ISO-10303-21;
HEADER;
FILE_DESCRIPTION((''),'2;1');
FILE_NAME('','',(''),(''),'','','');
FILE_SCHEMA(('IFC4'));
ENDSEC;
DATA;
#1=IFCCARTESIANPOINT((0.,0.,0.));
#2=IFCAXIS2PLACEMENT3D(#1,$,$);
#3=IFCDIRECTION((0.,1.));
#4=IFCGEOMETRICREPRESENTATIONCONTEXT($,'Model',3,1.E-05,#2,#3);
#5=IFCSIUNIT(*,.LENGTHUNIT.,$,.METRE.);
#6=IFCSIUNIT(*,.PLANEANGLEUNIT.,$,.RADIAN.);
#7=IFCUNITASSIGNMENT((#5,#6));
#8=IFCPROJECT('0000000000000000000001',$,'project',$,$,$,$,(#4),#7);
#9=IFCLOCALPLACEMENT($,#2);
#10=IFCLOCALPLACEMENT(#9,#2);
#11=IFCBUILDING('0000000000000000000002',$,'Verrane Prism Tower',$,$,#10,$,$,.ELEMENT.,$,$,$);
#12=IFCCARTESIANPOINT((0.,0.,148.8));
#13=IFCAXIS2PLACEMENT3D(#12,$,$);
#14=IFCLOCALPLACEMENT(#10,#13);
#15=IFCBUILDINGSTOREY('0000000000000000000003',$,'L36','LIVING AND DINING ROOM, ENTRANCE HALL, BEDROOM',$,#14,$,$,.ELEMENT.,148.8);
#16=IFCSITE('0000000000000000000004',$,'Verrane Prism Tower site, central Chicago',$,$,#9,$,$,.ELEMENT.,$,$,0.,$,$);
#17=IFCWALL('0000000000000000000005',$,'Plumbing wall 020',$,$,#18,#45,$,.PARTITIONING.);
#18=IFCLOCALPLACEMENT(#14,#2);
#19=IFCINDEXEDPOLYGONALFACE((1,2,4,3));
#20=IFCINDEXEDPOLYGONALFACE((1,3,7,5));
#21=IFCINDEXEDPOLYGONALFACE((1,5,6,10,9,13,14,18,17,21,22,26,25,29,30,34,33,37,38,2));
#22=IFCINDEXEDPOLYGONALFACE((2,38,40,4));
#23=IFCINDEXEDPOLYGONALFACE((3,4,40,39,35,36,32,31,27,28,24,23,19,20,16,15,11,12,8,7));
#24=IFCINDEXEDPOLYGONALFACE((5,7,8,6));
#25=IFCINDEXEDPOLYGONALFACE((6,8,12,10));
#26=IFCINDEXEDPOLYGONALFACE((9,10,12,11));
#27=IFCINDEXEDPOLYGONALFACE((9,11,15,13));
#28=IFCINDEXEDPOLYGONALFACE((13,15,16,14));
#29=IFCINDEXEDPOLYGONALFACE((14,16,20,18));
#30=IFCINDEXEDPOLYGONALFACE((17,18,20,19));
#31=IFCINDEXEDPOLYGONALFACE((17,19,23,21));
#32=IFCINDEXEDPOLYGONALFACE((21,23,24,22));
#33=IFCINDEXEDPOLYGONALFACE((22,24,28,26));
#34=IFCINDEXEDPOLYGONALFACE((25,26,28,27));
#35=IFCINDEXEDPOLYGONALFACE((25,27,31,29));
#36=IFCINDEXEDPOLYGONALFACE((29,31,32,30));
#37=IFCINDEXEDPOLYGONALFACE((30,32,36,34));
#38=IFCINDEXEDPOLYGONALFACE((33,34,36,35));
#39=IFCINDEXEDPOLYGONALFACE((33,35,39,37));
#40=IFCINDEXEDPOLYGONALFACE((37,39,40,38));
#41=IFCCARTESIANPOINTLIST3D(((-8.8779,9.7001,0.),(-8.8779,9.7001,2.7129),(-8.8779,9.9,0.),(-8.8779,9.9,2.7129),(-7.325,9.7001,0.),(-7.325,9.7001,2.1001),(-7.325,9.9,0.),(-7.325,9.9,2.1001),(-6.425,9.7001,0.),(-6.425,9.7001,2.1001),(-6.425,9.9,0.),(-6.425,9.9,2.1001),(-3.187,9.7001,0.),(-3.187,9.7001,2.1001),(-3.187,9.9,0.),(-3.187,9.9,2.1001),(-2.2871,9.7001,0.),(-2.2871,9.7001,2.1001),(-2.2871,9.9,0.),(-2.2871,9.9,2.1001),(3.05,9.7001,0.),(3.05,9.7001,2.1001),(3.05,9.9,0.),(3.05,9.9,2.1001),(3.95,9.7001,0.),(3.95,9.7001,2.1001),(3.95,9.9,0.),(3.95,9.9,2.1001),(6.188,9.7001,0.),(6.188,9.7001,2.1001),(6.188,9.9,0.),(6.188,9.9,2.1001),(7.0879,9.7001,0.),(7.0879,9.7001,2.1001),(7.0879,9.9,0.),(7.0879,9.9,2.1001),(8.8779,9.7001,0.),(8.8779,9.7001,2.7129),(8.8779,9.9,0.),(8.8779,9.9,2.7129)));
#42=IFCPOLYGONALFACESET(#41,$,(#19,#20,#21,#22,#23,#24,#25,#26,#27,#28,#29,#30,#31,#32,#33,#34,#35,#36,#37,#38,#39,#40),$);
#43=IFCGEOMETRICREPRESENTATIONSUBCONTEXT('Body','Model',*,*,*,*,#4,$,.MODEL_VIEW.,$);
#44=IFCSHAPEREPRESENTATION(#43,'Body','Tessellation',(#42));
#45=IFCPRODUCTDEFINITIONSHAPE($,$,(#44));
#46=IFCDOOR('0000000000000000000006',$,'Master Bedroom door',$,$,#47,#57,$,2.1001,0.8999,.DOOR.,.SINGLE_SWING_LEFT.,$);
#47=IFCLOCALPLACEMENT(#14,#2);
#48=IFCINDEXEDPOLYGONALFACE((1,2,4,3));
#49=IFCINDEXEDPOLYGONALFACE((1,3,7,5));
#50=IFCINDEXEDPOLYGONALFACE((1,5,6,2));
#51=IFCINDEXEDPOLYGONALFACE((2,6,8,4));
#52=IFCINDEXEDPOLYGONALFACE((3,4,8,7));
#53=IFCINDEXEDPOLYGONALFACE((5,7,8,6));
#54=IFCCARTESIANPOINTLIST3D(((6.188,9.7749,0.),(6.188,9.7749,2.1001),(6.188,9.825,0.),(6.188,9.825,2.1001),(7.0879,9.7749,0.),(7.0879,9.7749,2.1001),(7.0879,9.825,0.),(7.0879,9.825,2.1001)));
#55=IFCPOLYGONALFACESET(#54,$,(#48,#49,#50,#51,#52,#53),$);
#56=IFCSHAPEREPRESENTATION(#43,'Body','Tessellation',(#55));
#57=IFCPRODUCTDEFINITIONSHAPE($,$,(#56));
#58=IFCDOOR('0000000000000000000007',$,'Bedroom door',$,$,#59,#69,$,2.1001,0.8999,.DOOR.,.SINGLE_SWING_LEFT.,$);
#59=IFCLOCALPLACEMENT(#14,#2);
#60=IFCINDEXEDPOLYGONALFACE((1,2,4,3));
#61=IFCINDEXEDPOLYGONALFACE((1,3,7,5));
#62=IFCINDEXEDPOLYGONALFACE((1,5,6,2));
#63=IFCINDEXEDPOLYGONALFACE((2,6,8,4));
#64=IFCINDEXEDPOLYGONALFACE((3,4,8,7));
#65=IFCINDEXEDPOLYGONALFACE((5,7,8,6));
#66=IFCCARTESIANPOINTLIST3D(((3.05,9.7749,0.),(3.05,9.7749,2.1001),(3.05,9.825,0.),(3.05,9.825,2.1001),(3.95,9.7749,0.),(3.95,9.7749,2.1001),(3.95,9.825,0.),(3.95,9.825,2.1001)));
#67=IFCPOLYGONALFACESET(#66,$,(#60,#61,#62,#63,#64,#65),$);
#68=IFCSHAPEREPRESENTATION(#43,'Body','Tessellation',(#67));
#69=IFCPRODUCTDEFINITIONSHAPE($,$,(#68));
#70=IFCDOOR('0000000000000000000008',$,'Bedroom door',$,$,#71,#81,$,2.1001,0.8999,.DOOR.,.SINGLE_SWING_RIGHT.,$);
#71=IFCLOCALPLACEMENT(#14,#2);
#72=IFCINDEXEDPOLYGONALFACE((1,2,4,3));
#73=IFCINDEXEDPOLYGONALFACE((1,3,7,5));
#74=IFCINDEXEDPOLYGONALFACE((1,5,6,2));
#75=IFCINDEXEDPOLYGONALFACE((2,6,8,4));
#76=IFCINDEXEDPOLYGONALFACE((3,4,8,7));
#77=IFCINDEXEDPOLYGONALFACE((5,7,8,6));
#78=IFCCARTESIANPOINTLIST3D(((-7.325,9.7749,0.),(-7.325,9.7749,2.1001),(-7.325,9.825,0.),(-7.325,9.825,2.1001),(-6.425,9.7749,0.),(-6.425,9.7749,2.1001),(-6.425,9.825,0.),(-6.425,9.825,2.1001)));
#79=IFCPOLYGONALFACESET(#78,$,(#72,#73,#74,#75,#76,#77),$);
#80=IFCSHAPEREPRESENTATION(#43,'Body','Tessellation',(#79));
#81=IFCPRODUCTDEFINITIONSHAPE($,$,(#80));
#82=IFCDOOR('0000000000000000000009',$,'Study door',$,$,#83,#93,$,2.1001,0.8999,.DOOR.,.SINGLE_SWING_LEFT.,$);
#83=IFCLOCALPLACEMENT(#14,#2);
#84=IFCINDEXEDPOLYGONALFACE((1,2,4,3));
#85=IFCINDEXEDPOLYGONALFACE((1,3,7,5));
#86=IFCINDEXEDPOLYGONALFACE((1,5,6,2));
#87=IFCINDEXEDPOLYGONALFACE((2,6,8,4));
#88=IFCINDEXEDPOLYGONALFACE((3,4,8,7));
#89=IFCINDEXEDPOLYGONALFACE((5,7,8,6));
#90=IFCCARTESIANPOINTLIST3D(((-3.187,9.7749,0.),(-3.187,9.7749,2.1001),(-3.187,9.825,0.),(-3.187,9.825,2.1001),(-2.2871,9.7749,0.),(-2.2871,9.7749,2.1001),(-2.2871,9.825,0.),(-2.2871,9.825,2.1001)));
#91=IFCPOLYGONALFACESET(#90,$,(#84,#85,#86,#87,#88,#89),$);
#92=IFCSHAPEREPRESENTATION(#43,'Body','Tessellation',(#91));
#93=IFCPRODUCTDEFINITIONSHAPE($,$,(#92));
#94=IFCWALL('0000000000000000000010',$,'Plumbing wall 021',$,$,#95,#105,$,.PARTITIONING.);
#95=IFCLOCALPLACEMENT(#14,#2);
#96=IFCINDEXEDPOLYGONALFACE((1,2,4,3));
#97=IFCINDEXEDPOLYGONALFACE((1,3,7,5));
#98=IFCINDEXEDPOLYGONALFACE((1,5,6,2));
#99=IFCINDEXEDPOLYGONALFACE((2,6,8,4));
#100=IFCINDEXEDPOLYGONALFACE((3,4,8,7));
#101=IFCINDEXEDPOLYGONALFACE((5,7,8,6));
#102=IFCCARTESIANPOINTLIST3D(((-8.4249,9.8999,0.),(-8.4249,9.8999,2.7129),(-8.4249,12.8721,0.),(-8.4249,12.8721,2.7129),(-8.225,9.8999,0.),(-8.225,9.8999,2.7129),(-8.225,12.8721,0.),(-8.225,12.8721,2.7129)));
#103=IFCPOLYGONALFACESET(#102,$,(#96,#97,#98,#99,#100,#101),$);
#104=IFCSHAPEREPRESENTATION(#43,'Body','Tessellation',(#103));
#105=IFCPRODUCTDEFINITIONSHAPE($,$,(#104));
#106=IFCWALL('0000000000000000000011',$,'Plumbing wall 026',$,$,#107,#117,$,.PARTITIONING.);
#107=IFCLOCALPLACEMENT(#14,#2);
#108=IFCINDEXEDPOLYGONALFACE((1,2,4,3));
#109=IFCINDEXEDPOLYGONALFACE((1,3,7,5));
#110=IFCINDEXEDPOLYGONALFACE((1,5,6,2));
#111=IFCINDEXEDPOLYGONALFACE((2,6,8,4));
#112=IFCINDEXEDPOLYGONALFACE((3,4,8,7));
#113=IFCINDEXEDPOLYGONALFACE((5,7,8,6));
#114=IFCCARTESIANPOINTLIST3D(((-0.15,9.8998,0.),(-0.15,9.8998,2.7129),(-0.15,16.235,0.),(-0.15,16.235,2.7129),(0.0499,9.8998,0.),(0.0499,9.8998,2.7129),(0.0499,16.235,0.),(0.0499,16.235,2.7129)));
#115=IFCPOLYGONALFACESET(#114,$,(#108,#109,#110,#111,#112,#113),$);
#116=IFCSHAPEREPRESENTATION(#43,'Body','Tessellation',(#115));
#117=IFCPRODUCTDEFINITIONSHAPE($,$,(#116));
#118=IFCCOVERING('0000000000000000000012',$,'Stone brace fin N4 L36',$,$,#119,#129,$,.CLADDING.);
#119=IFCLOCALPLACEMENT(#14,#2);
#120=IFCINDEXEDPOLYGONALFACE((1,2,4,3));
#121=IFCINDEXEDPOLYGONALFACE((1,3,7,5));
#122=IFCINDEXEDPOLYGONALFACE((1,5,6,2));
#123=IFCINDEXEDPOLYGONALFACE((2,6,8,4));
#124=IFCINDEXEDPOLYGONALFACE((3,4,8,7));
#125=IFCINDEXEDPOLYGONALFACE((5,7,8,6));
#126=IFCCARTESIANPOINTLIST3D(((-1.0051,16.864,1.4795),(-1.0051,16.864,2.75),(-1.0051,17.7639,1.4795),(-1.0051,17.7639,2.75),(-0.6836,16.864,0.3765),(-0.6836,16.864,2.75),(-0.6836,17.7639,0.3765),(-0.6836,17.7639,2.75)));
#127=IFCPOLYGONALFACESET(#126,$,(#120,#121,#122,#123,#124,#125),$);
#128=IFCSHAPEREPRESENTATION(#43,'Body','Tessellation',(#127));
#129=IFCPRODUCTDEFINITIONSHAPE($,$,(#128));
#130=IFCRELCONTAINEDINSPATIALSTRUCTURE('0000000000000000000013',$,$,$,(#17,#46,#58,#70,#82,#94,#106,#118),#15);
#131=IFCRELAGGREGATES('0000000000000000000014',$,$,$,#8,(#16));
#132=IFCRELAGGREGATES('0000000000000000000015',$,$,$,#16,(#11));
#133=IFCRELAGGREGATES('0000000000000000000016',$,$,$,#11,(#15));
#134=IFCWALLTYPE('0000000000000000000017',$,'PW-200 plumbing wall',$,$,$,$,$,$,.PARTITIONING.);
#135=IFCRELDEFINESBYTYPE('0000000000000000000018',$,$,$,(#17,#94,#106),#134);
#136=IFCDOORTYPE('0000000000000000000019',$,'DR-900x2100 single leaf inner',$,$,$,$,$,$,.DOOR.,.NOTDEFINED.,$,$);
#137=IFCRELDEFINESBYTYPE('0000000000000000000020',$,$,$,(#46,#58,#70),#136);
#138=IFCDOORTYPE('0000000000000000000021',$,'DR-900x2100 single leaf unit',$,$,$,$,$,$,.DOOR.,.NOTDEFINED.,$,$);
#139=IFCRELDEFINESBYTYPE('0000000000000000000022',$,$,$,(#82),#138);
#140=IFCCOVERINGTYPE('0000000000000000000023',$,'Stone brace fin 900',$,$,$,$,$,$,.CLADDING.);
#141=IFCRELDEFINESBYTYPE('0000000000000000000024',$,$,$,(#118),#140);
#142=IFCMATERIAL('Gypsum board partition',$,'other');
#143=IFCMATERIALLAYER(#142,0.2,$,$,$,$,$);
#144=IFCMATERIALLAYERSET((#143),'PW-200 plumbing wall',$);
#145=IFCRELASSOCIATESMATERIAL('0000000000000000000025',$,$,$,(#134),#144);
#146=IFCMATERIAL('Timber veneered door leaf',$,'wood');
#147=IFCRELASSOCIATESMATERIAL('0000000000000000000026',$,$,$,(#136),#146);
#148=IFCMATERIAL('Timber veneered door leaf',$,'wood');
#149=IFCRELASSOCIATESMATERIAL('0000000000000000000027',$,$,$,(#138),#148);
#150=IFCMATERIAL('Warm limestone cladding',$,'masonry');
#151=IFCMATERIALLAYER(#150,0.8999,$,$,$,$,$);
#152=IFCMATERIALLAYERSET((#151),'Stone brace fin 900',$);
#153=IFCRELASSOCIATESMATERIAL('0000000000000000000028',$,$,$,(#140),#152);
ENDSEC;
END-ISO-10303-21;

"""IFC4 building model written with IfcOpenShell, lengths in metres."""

from ifc_helpers import new_model, si_unit, direction, frame, frame_2d, origin, place, context, subcontext, project, spatial, polyline, rectangle, outline, extrude, material, layer, layer_set, type_object, element, fill, save


model = new_model("IFC4")

# Units and contexts
model_context = context("Model", 3, precision=1e-05, world=origin(), true_north=direction((0.0, 1.0)))
body_context = subcontext(model_context, "Body", "Model", "MODEL_VIEW")
ifc_project = project(units=[si_unit("LENGTHUNIT", "METRE"), si_unit("PLANEANGLEUNIT", "RADIAN")], contexts=[model_context])

# Site, building, storey
site_placement = place(None, origin())
site = spatial("IfcSite", under=ifc_project, at=site_placement, Name="Verrane Prism Tower site, central Chicago", CompositionType="ELEMENT", RefElevation=0.0)
building_placement = place(site_placement, origin())
building = spatial("IfcBuilding", under=site, at=building_placement, Name="Verrane Prism Tower", CompositionType="ELEMENT")
storey_placement = place(building_placement, frame((0.0, 0.0, 148.8)))
storey = spatial("IfcBuildingStorey", under=building, at=storey_placement, Name="L36", Description="LIVING AND DINING ROOM, ENTRANCE HALL, BEDROOM", CompositionType="ELEMENT", Elevation=148.8)

# Shared definitions
ifc_material_1 = material(Name="Gypsum board partition", Category="other")
ifc_layer_1 = layer(ifc_material_1, 0.2)
ifc_layer_set_1 = layer_set([ifc_layer_1], Name="PW-200 plumbing wall")
wall_type_1 = type_object("IfcWallType", Name="PW-200 plumbing wall", PredefinedType="PARTITIONING", material=ifc_layer_set_1)

# Wall, openings, doors
wall_1_placement = place(storey_placement, frame((-8.8779, 9.8, 0.0), z_axis=(0.0, 0.0, 1.0), x_axis=(1.0, 0.0, 0.0)))
wall_1 = element("IfcWall", 1, at=wall_1_placement, inside=storey, type_object=wall_type_1, Name="Plumbing wall 020", PredefinedType="PARTITIONING", context=body_context, shape_type="SweptSolid", body=[
    extrude(rectangle(XDim=17.7559, YDim=0.2, at=frame_2d((8.8779, 0.0))), origin(), (0.0, 0.0, 1.0), 2.7129),
])
opening_1_placement = place(wall_1_placement, frame((15.0659, 0.0, 0.0)))
opening_1 = element("IfcOpeningElement", 2, at=opening_1_placement, cuts=wall_1, PredefinedType="OPENING", context=body_context, shape_type="SweptSolid", body=[
    extrude(rectangle(XDim=0.8999, YDim=2.1001, at=frame_2d((0.45, 1.05))), frame((0.0, 0.1099, 0.0), z_axis=(0.0, -1.0, 0.0), x_axis=(1.0, 0.0, 0.0)), (0.0, 0.0, 1.0), 0.22),
])
opening_2_placement = place(wall_1_placement, frame((11.928, 0.0, 0.0)))
opening_2 = element("IfcOpeningElement", 3, at=opening_2_placement, cuts=wall_1, PredefinedType="OPENING", context=body_context, shape_type="SweptSolid", body=[
    extrude(rectangle(XDim=0.8999, YDim=2.1001, at=frame_2d((0.45, 1.05))), frame((0.0, 0.1099, 0.0), z_axis=(0.0, -1.0, 0.0), x_axis=(1.0, 0.0, 0.0)), (0.0, 0.0, 1.0), 0.22),
])
opening_3_placement = place(wall_1_placement, frame((5.6909, 0.0, 0.0)))
opening_3 = element("IfcOpeningElement", 4, at=opening_3_placement, cuts=wall_1, PredefinedType="OPENING", context=body_context, shape_type="SweptSolid", body=[
    extrude(rectangle(XDim=0.8999, YDim=2.1001, at=frame_2d((0.45, 1.05))), frame((0.0, 0.1099, 0.0), z_axis=(0.0, -1.0, 0.0), x_axis=(1.0, 0.0, 0.0)), (0.0, 0.0, 1.0), 0.22),
])
opening_4_placement = place(wall_1_placement, frame((1.553, 0.0, 0.0)))
opening_4 = element("IfcOpeningElement", 5, at=opening_4_placement, cuts=wall_1, PredefinedType="OPENING", context=body_context, shape_type="SweptSolid", body=[
    extrude(rectangle(XDim=0.8999, YDim=2.1001, at=frame_2d((0.45, 1.05))), frame((0.0, 0.1099, 0.0), z_axis=(0.0, -1.0, 0.0), x_axis=(1.0, 0.0, 0.0)), (0.0, 0.0, 1.0), 0.22),
])
ifc_material_2 = material(Name="Timber veneered door leaf", Category="wood")
door_type_1 = type_object("IfcDoorType", Name="DR-900x2100 single leaf inner", OperationType="NOTDEFINED", PredefinedType="DOOR", material=ifc_material_2)
door_1_placement = place(opening_1_placement, origin())
door_1 = element("IfcDoor", 6, at=door_1_placement, inside=storey, type_object=door_type_1, Name="Master Bedroom door", OperationType="SINGLE_SWING_LEFT", OverallHeight=2.1001, OverallWidth=0.8999, PredefinedType="DOOR", context=body_context, shape_type="SweptSolid", body=[
    extrude(rectangle(XDim=0.8999, YDim=2.1001, at=frame_2d((0.45, 1.05))), frame((0.0, 0.0249, 0.0), z_axis=(0.0, -1.0, 0.0), x_axis=(1.0, 0.0, 0.0)), (0.0, 0.0, 1.0), 0.05),
])
fill(opening_1, door_1)
door_2_placement = place(opening_2_placement, origin())
door_2 = element("IfcDoor", 7, at=door_2_placement, inside=storey, type_object=door_type_1, Name="Bedroom door", OperationType="SINGLE_SWING_LEFT", OverallHeight=2.1001, OverallWidth=0.8999, PredefinedType="DOOR", context=body_context, shape_type="SweptSolid", body=[
    extrude(rectangle(XDim=0.8999, YDim=2.1001, at=frame_2d((0.45, 1.05))), frame((0.0, 0.0249, 0.0), z_axis=(0.0, -1.0, 0.0), x_axis=(1.0, 0.0, 0.0)), (0.0, 0.0, 1.0), 0.05),
])
fill(opening_2, door_2)
door_3_placement = place(opening_4_placement, origin())
door_3 = element("IfcDoor", 8, at=door_3_placement, inside=storey, type_object=door_type_1, Name="Bedroom door", OperationType="SINGLE_SWING_RIGHT", OverallHeight=2.1001, OverallWidth=0.8999, PredefinedType="DOOR", context=body_context, shape_type="SweptSolid", body=[
    extrude(rectangle(XDim=0.8999, YDim=2.1001, at=frame_2d((0.45, 1.05))), frame((0.0, 0.0249, 0.0), z_axis=(0.0, -1.0, 0.0), x_axis=(1.0, 0.0, 0.0)), (0.0, 0.0, 1.0), 0.05),
])
fill(opening_4, door_3)
ifc_material_3 = material(Name="Timber veneered door leaf", Category="wood")
door_type_2 = type_object("IfcDoorType", Name="DR-900x2100 single leaf unit", OperationType="NOTDEFINED", PredefinedType="DOOR", material=ifc_material_3)
door_4_placement = place(opening_3_placement, origin())
door_4 = element("IfcDoor", 9, at=door_4_placement, inside=storey, type_object=door_type_2, Name="Study door", OperationType="SINGLE_SWING_LEFT", OverallHeight=2.1001, OverallWidth=0.8999, PredefinedType="DOOR", context=body_context, shape_type="SweptSolid", body=[
    extrude(rectangle(XDim=0.8999, YDim=2.1001, at=frame_2d((0.45, 1.05))), frame((0.0, 0.0249, 0.0), z_axis=(0.0, -1.0, 0.0), x_axis=(1.0, 0.0, 0.0)), (0.0, 0.0, 1.0), 0.05),
])
fill(opening_3, door_4)

# Walls
wall_2_placement = place(storey_placement, frame((-8.325, 9.8999, 0.0), z_axis=(0.0, 0.0, 1.0), x_axis=(0.0, 1.0, 0.0)))
element("IfcWall", 10, at=wall_2_placement, inside=storey, type_object=wall_type_1, Name="Plumbing wall 021", PredefinedType="PARTITIONING", context=body_context, shape_type="SweptSolid", body=[
    extrude(rectangle(XDim=2.9722, YDim=0.2, at=frame_2d((1.4861, 0.0))), origin(), (0.0, 0.0, 1.0), 2.7129),
])
wall_3_placement = place(storey_placement, frame((-0.05, 9.8999, 0.0), z_axis=(0.0, 0.0, 1.0), x_axis=(0.0, 1.0, 0.0)))
element("IfcWall", 11, at=wall_3_placement, inside=storey, type_object=wall_type_1, Name="Plumbing wall 026", PredefinedType="PARTITIONING", context=body_context, shape_type="SweptSolid", body=[
    extrude(rectangle(XDim=6.3352, YDim=0.2, at=frame_2d((3.1675, 0.0))), origin(), (0.0, 0.0, 1.0), 2.7129),
])

# Covering
ifc_material_4 = material(Name="Warm limestone cladding", Category="masonry")
ifc_layer_2 = layer(ifc_material_4, 0.8999)
ifc_layer_set_2 = layer_set([ifc_layer_2], Name="Stone brace fin 900")
covering_type = type_object("IfcCoveringType", Name="Stone brace fin 900", PredefinedType="CLADDING", material=ifc_layer_set_2)
covering_placement = place(storey_placement, frame((-0.6836, 17.314, 0.3765), z_axis=(0.0, 0.0, 1.0), x_axis=(-1.0, 0.0, 0.0)))
element("IfcCovering", 12, at=covering_placement, inside=storey, type_object=covering_type, Name="Stone brace fin N4 L36", PredefinedType="CLADDING", context=body_context, shape_type="SweptSolid", body=[
    extrude(outline(polyline([(0.3215, 2.3735), (0.0, 2.3735), (0.0, 0.0), (0.3215, 1.103), (0.3215, 2.3735)])), frame((0.0, 0.45, 0.0), z_axis=(0.0, -1.0, 0.0), x_axis=(1.0, 0.0, 0.0)), (0.0, 0.0, 1.0), 0.8999),
])

save(model, "model.ifc")
